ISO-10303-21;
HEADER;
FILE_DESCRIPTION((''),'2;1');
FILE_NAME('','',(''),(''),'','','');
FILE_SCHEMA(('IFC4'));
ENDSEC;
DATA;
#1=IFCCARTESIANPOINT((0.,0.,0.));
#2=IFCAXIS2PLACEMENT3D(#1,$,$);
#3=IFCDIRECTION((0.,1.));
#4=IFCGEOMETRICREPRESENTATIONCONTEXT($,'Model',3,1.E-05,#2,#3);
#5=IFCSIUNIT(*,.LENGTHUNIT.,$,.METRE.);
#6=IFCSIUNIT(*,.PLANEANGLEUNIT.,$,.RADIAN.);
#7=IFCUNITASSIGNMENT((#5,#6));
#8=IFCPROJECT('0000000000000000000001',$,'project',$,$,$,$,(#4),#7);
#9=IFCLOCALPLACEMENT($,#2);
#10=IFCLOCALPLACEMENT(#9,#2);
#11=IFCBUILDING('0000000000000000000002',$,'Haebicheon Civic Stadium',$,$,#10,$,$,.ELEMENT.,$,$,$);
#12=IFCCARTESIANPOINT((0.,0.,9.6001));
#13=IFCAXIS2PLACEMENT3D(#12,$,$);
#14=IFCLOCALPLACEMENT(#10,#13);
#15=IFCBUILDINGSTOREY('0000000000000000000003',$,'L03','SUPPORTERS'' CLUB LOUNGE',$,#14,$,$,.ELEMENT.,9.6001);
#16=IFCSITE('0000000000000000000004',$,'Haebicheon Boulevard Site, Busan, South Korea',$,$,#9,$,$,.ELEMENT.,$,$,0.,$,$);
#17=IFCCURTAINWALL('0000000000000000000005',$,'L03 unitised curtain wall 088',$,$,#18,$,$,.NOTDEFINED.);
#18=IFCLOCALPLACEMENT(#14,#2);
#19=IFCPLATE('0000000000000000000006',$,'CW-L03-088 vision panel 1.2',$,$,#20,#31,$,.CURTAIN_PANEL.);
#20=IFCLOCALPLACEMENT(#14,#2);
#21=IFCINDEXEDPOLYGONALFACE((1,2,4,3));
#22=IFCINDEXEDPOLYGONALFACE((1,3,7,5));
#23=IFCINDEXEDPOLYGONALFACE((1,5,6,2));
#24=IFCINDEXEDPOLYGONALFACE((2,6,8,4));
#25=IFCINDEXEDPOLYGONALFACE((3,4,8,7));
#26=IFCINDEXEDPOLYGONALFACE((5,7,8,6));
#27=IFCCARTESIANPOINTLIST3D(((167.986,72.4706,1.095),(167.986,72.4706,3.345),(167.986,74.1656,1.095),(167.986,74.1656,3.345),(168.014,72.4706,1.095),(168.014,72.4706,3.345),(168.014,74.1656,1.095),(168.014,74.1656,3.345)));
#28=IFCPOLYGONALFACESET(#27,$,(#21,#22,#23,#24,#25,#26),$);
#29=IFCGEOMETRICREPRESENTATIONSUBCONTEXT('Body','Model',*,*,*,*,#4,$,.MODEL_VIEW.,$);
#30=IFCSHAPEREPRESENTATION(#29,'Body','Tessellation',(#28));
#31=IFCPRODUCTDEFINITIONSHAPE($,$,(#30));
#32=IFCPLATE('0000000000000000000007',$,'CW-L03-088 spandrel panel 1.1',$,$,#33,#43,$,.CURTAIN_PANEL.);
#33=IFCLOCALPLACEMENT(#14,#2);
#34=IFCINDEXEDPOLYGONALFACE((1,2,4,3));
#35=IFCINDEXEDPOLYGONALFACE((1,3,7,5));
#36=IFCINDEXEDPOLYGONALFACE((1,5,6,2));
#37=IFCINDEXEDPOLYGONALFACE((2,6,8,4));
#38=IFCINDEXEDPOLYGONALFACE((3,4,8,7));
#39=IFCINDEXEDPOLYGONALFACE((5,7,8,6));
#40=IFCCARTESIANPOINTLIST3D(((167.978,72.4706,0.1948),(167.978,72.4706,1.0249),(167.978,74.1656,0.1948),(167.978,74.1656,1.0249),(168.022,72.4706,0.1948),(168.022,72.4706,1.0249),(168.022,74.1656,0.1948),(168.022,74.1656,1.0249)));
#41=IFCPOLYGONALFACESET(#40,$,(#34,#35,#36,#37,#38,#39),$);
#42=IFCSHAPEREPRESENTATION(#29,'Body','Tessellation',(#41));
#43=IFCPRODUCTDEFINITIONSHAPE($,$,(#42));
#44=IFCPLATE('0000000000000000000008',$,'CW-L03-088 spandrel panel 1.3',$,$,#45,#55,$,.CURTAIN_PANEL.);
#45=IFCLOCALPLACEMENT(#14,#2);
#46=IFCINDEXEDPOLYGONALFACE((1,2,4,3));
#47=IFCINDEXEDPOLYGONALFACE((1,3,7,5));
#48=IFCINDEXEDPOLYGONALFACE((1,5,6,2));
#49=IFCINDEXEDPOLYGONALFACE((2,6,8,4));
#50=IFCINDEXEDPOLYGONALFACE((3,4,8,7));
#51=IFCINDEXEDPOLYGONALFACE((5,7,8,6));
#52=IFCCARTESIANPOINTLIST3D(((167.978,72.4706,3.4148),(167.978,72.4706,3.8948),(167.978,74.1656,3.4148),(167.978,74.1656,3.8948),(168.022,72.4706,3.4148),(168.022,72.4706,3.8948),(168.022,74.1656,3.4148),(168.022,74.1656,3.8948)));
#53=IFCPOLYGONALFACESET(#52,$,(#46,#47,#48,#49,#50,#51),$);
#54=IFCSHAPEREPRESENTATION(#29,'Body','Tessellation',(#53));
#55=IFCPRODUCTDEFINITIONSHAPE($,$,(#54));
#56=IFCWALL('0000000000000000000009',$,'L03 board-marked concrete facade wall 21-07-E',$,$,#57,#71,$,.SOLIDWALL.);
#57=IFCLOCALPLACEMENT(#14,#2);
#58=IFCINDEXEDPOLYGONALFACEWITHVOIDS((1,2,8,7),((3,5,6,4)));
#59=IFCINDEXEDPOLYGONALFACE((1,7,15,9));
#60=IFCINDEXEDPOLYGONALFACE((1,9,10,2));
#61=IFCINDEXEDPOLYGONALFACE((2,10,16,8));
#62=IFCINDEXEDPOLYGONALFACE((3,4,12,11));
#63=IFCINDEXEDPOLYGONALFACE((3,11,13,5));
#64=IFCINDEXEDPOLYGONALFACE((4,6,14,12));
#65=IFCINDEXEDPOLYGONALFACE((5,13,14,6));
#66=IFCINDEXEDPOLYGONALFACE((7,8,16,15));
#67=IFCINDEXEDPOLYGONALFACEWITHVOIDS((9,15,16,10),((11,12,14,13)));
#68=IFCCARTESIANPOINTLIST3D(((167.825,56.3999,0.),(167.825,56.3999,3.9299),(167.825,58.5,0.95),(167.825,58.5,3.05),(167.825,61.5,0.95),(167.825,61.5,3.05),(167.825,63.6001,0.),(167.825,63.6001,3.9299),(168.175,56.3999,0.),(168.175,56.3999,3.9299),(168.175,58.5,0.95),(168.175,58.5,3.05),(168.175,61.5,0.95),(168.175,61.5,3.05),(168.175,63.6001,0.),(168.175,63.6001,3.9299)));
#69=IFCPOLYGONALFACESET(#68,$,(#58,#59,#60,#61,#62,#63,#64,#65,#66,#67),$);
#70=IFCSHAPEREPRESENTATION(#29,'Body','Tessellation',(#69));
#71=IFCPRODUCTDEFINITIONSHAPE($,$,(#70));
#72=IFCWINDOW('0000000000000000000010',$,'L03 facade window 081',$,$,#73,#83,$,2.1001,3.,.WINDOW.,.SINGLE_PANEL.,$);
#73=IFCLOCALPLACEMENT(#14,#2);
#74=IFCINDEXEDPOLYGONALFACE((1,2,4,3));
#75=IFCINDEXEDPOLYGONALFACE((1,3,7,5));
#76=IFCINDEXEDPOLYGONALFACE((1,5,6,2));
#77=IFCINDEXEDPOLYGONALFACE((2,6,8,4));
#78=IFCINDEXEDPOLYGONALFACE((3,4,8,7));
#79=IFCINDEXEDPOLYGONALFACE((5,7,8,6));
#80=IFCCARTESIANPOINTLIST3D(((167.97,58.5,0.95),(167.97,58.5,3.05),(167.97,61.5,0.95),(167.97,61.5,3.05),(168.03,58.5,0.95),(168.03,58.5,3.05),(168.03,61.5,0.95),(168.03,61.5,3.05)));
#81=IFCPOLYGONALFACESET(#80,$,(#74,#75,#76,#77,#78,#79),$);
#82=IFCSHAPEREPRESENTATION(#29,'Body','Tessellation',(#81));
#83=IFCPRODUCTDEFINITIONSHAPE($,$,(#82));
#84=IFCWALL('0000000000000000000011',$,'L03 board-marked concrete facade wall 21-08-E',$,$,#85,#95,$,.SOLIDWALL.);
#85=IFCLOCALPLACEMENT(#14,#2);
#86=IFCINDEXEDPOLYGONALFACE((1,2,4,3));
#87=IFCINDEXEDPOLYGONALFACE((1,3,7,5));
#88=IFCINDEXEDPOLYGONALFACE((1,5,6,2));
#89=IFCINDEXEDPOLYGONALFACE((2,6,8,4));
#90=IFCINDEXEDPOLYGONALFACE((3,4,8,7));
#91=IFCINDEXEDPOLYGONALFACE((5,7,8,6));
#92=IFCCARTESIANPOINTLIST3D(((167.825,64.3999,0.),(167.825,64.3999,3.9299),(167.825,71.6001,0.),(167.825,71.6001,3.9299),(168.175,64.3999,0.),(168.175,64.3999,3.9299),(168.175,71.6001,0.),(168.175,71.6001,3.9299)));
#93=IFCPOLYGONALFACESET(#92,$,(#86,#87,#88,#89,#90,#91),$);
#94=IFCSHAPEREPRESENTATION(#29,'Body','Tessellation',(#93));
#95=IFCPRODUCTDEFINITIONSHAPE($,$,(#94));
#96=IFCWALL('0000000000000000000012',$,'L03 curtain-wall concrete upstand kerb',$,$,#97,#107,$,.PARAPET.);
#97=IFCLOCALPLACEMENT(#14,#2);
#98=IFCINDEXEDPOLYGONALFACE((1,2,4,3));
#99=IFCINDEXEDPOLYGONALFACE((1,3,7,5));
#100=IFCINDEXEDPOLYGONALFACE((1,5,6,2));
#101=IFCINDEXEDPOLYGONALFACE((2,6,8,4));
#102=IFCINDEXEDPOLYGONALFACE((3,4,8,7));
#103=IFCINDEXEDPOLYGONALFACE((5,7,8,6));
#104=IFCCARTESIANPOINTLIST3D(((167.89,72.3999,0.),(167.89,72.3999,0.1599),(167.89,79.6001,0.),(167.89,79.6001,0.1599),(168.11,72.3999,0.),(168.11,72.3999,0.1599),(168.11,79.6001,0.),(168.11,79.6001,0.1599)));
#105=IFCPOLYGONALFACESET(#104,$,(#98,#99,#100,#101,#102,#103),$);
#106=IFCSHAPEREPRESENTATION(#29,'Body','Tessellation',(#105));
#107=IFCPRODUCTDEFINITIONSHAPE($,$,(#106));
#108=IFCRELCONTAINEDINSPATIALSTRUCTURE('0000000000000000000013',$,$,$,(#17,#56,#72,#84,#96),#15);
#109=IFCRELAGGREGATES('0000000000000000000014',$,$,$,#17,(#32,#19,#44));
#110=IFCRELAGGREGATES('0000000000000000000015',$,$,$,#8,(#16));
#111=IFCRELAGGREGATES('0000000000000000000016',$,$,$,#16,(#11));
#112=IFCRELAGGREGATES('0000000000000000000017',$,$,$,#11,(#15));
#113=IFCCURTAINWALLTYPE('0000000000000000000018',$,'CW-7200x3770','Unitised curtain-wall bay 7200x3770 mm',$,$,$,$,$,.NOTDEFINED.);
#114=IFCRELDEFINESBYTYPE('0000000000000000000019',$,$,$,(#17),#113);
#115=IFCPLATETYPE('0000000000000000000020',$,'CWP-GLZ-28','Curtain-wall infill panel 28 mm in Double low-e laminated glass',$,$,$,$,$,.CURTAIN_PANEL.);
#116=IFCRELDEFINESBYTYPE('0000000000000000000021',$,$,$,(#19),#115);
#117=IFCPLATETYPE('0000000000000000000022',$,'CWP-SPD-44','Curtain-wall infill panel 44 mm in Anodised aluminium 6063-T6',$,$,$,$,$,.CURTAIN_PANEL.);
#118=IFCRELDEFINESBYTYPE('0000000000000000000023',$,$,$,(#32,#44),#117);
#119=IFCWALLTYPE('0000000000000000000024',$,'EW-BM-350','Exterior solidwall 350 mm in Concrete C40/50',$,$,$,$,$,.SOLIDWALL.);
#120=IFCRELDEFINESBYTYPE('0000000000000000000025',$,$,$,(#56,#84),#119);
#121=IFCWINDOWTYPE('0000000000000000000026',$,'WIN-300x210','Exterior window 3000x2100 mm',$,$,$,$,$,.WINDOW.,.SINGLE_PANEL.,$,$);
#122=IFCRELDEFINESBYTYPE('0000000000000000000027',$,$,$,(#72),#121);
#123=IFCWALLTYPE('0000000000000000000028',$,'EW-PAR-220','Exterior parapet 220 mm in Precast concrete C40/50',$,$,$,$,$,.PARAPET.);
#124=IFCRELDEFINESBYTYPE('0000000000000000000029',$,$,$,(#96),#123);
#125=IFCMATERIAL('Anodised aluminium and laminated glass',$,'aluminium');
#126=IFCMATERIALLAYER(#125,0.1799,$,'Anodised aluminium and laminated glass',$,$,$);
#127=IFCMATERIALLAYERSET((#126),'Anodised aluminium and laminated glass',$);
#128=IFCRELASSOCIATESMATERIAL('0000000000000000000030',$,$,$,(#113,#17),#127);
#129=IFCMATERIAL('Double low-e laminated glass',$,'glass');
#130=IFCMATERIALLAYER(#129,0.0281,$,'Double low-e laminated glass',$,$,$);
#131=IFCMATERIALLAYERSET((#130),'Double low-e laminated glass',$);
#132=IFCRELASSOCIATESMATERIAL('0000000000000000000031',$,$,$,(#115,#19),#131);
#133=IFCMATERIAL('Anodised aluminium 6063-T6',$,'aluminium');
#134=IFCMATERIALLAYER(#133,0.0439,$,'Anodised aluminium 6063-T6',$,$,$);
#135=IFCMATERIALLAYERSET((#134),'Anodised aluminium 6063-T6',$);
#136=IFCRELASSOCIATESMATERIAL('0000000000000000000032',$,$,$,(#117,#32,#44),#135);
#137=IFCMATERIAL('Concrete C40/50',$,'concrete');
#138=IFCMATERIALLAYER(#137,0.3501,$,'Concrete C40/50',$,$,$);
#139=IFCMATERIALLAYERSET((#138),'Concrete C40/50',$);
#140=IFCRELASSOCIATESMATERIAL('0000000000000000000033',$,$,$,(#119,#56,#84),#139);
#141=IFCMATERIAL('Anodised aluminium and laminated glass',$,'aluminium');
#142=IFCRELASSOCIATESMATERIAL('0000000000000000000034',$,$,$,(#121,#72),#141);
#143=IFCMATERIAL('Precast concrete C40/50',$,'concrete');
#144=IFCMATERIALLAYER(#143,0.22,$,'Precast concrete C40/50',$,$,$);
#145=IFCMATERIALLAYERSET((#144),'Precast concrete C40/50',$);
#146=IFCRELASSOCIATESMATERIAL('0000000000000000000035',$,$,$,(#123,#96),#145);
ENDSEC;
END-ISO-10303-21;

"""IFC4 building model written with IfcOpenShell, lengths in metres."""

from ifc_helpers import new_model, si_unit, direction, frame, frame_2d, origin, origin_2d, place, context, subcontext, project, spatial, rectangle, extrude, material, layer, layer_set, type_object, element, fill, aggregate, save


model = new_model("IFC4")

# Units and contexts
model_context = context("Model", 3, precision=1e-05, world=origin(), true_north=direction((0.0, 1.0)))
body_context = subcontext(model_context, "Body", "Model", "MODEL_VIEW")
ifc_project = project(units=[si_unit("LENGTHUNIT", "METRE"), si_unit("PLANEANGLEUNIT", "RADIAN")], contexts=[model_context])

# Site, building, storey
site_placement = place(None, origin())
site = spatial("IfcSite", under=ifc_project, at=site_placement, Name="Haebicheon Boulevard Site, Busan, South Korea", CompositionType="ELEMENT", RefElevation=0.0)
building_placement = place(site_placement, origin())
building = spatial("IfcBuilding", under=site, at=building_placement, Name="Haebicheon Civic Stadium", CompositionType="ELEMENT")
storey_placement = place(building_placement, frame((0.0, 0.0, 9.6001)))
storey = spatial("IfcBuildingStorey", under=building, at=storey_placement, Name="L03", Description="SUPPORTERS' CLUB LOUNGE", CompositionType="ELEMENT", Elevation=9.6001)

# Curtain wall
ifc_material_1 = material(Name="Anodised aluminium and laminated glass", Category="aluminium")
ifc_layer_1 = layer(ifc_material_1, 0.1799, Name="Anodised aluminium and laminated glass")
ifc_layer_set_1 = layer_set([ifc_layer_1], Name="Anodised aluminium and laminated glass")
curtain_wall_type = type_object("IfcCurtainWallType", Name="CW-7200x3770", Description="Unitised curtain-wall bay 7200x3770 mm", PredefinedType="NOTDEFINED", material=ifc_layer_set_1)
curtain_wall_placement = place(storey_placement, origin())
curtain_wall = element("IfcCurtainWall", 1, at=curtain_wall_placement, inside=storey, type_object=curtain_wall_type, material=ifc_layer_set_1, Name="L03 unitised curtain wall 088", PredefinedType="NOTDEFINED")

# Plates
ifc_material_2 = material(Name="Double low-e laminated glass", Category="glass")
ifc_layer_2 = layer(ifc_material_2, 0.0281, Name="Double low-e laminated glass")
ifc_layer_set_2 = layer_set([ifc_layer_2], Name="Double low-e laminated glass")
plate_type_1 = type_object("IfcPlateType", Name="CWP-GLZ-28", Description="Curtain-wall infill panel 28 mm in Double low-e laminated glass", PredefinedType="CURTAIN_PANEL", material=ifc_layer_set_2)
plate_1_placement = place(storey_placement, frame((168.0, 73.3181, 1.095), z_axis=(0.0, 0.0, 1.0), x_axis=(0.0, 1.0, 0.0)))
plate_1 = element("IfcPlate", 2, at=plate_1_placement, type_object=plate_type_1, material=ifc_layer_set_2, Name="CW-L03-088 vision panel 1.2", PredefinedType="CURTAIN_PANEL", context=body_context, shape_type="SweptSolid", body=[
    extrude(rectangle(XDim=1.6951, YDim=0.0281, at=origin_2d()), origin(), (0.0, 0.0, 1.0), 2.25),
])
ifc_material_3 = material(Name="Anodised aluminium 6063-T6", Category="aluminium")
ifc_layer_3 = layer(ifc_material_3, 0.0439, Name="Anodised aluminium 6063-T6")
ifc_layer_set_3 = layer_set([ifc_layer_3], Name="Anodised aluminium 6063-T6")
plate_type_2 = type_object("IfcPlateType", Name="CWP-SPD-44", Description="Curtain-wall infill panel 44 mm in Anodised aluminium 6063-T6", PredefinedType="CURTAIN_PANEL", material=ifc_layer_set_3)
plate_2_placement = place(storey_placement, frame((168.0, 73.3181, 0.1948), z_axis=(0.0, 0.0, 1.0), x_axis=(0.0, 1.0, 0.0)))
plate_2 = element("IfcPlate", 3, at=plate_2_placement, type_object=plate_type_2, material=ifc_layer_set_3, Name="CW-L03-088 spandrel panel 1.1", PredefinedType="CURTAIN_PANEL", context=body_context, shape_type="SweptSolid", body=[
    extrude(rectangle(XDim=1.6951, YDim=0.0439, at=origin_2d()), origin(), (0.0, 0.0, 1.0), 0.8301),
])
plate_3_placement = place(storey_placement, frame((168.0, 73.3181, 3.4148), z_axis=(0.0, 0.0, 1.0), x_axis=(0.0, 1.0, 0.0)))
plate_3 = element("IfcPlate", 4, at=plate_3_placement, type_object=plate_type_2, material=ifc_layer_set_3, Name="CW-L03-088 spandrel panel 1.3", PredefinedType="CURTAIN_PANEL", context=body_context, shape_type="SweptSolid", body=[
    extrude(rectangle(XDim=1.6951, YDim=0.0439, at=origin_2d()), origin(), (0.0, 0.0, 1.0), 0.48),
])
aggregate(curtain_wall, [plate_2, plate_1, plate_3])

# Wall, opening, window
ifc_material_4 = material(Name="Concrete C40/50", Category="concrete")
ifc_layer_4 = layer(ifc_material_4, 0.3501, Name="Concrete C40/50")
ifc_layer_set_4 = layer_set([ifc_layer_4], Name="Concrete C40/50")
wall_type_1 = type_object("IfcWallType", Name="EW-BM-350", Description="Exterior solidwall 350 mm in Concrete C40/50", PredefinedType="SOLIDWALL", material=ifc_layer_set_4)
wall_1_placement = place(storey_placement, frame((168.0, 56.3999, 0.0), z_axis=(0.0, 0.0, 1.0), x_axis=(0.0, 1.0, 0.0)))
wall_1 = element("IfcWall", 5, at=wall_1_placement, inside=storey, type_object=wall_type_1, material=ifc_layer_set_4, Name="L03 board-marked concrete facade wall 21-07-E", PredefinedType="SOLIDWALL", context=body_context, shape_type="SweptSolid", body=[
    extrude(rectangle(XDim=7.2002, YDim=0.3501, at=frame_2d((3.6001, 0.0))), origin(), (0.0, 0.0, 1.0), 3.9299),
])
opening_1_placement = place(wall_1_placement, frame((2.1001, 0.0, 0.95)))
opening_1 = element("IfcOpeningElement", 6, at=opening_1_placement, cuts=wall_1, PredefinedType="OPENING", context=body_context, shape_type="SweptSolid", body=[
    extrude(rectangle(XDim=3.0, YDim=2.1001, at=frame_2d((1.5, 1.05))), frame((0.0, 0.1851, 0.0), z_axis=(0.0, -1.0, 0.0), x_axis=(1.0, 0.0, 0.0)), (0.0, 0.0, 1.0), 0.3701),
])
ifc_material_5 = material(Name="Anodised aluminium and laminated glass", Category="aluminium")
window_type = type_object("IfcWindowType", Name="WIN-300x210", Description="Exterior window 3000x2100 mm", PartitioningType="SINGLE_PANEL", PredefinedType="WINDOW", material=ifc_material_5)
window_placement = place(opening_1_placement, origin())
window = element("IfcWindow", 7, at=window_placement, inside=storey, type_object=window_type, material=ifc_material_5, Name="L03 facade window 081", OverallHeight=2.1001, OverallWidth=3.0, PartitioningType="SINGLE_PANEL", PredefinedType="WINDOW", context=body_context, shape_type="SweptSolid", body=[
    extrude(rectangle(XDim=3.0, YDim=2.1001, at=frame_2d((1.5, 1.05))), frame((0.0, 0.03, 0.0), z_axis=(0.0, -1.0, 0.0), x_axis=(1.0, 0.0, 0.0)), (0.0, 0.0, 1.0), 0.0601),
])
fill(opening_1, window)

# Walls
wall_2_placement = place(storey_placement, frame((168.0, 64.3999, 0.0), z_axis=(0.0, 0.0, 1.0), x_axis=(0.0, 1.0, 0.0)))
element("IfcWall", 8, at=wall_2_placement, inside=storey, type_object=wall_type_1, material=ifc_layer_set_4, Name="L03 board-marked concrete facade wall 21-08-E", PredefinedType="SOLIDWALL", context=body_context, shape_type="SweptSolid", body=[
    extrude(rectangle(XDim=7.2002, YDim=0.3501, at=frame_2d((3.6001, 0.0))), origin(), (0.0, 0.0, 1.0), 3.9299),
])
ifc_material_6 = material(Name="Precast concrete C40/50", Category="concrete")
ifc_layer_5 = layer(ifc_material_6, 0.22, Name="Precast concrete C40/50")
ifc_layer_set_5 = layer_set([ifc_layer_5], Name="Precast concrete C40/50")
wall_type_2 = type_object("IfcWallType", Name="EW-PAR-220", Description="Exterior parapet 220 mm in Precast concrete C40/50", PredefinedType="PARAPET", material=ifc_layer_set_5)
wall_3_placement = place(storey_placement, frame((168.0, 72.3999, 0.0), z_axis=(0.0, 0.0, 1.0), x_axis=(0.0, 1.0, 0.0)))
element("IfcWall", 9, at=wall_3_placement, inside=storey, type_object=wall_type_2, material=ifc_layer_set_5, Name="L03 curtain-wall concrete upstand kerb", PredefinedType="PARAPET", context=body_context, shape_type="SweptSolid", body=[
    extrude(rectangle(XDim=7.2002, YDim=0.22, at=frame_2d((3.6001, 0.0))), origin(), (0.0, 0.0, 1.0), 0.1599),
])

save(model, "model.ifc")
